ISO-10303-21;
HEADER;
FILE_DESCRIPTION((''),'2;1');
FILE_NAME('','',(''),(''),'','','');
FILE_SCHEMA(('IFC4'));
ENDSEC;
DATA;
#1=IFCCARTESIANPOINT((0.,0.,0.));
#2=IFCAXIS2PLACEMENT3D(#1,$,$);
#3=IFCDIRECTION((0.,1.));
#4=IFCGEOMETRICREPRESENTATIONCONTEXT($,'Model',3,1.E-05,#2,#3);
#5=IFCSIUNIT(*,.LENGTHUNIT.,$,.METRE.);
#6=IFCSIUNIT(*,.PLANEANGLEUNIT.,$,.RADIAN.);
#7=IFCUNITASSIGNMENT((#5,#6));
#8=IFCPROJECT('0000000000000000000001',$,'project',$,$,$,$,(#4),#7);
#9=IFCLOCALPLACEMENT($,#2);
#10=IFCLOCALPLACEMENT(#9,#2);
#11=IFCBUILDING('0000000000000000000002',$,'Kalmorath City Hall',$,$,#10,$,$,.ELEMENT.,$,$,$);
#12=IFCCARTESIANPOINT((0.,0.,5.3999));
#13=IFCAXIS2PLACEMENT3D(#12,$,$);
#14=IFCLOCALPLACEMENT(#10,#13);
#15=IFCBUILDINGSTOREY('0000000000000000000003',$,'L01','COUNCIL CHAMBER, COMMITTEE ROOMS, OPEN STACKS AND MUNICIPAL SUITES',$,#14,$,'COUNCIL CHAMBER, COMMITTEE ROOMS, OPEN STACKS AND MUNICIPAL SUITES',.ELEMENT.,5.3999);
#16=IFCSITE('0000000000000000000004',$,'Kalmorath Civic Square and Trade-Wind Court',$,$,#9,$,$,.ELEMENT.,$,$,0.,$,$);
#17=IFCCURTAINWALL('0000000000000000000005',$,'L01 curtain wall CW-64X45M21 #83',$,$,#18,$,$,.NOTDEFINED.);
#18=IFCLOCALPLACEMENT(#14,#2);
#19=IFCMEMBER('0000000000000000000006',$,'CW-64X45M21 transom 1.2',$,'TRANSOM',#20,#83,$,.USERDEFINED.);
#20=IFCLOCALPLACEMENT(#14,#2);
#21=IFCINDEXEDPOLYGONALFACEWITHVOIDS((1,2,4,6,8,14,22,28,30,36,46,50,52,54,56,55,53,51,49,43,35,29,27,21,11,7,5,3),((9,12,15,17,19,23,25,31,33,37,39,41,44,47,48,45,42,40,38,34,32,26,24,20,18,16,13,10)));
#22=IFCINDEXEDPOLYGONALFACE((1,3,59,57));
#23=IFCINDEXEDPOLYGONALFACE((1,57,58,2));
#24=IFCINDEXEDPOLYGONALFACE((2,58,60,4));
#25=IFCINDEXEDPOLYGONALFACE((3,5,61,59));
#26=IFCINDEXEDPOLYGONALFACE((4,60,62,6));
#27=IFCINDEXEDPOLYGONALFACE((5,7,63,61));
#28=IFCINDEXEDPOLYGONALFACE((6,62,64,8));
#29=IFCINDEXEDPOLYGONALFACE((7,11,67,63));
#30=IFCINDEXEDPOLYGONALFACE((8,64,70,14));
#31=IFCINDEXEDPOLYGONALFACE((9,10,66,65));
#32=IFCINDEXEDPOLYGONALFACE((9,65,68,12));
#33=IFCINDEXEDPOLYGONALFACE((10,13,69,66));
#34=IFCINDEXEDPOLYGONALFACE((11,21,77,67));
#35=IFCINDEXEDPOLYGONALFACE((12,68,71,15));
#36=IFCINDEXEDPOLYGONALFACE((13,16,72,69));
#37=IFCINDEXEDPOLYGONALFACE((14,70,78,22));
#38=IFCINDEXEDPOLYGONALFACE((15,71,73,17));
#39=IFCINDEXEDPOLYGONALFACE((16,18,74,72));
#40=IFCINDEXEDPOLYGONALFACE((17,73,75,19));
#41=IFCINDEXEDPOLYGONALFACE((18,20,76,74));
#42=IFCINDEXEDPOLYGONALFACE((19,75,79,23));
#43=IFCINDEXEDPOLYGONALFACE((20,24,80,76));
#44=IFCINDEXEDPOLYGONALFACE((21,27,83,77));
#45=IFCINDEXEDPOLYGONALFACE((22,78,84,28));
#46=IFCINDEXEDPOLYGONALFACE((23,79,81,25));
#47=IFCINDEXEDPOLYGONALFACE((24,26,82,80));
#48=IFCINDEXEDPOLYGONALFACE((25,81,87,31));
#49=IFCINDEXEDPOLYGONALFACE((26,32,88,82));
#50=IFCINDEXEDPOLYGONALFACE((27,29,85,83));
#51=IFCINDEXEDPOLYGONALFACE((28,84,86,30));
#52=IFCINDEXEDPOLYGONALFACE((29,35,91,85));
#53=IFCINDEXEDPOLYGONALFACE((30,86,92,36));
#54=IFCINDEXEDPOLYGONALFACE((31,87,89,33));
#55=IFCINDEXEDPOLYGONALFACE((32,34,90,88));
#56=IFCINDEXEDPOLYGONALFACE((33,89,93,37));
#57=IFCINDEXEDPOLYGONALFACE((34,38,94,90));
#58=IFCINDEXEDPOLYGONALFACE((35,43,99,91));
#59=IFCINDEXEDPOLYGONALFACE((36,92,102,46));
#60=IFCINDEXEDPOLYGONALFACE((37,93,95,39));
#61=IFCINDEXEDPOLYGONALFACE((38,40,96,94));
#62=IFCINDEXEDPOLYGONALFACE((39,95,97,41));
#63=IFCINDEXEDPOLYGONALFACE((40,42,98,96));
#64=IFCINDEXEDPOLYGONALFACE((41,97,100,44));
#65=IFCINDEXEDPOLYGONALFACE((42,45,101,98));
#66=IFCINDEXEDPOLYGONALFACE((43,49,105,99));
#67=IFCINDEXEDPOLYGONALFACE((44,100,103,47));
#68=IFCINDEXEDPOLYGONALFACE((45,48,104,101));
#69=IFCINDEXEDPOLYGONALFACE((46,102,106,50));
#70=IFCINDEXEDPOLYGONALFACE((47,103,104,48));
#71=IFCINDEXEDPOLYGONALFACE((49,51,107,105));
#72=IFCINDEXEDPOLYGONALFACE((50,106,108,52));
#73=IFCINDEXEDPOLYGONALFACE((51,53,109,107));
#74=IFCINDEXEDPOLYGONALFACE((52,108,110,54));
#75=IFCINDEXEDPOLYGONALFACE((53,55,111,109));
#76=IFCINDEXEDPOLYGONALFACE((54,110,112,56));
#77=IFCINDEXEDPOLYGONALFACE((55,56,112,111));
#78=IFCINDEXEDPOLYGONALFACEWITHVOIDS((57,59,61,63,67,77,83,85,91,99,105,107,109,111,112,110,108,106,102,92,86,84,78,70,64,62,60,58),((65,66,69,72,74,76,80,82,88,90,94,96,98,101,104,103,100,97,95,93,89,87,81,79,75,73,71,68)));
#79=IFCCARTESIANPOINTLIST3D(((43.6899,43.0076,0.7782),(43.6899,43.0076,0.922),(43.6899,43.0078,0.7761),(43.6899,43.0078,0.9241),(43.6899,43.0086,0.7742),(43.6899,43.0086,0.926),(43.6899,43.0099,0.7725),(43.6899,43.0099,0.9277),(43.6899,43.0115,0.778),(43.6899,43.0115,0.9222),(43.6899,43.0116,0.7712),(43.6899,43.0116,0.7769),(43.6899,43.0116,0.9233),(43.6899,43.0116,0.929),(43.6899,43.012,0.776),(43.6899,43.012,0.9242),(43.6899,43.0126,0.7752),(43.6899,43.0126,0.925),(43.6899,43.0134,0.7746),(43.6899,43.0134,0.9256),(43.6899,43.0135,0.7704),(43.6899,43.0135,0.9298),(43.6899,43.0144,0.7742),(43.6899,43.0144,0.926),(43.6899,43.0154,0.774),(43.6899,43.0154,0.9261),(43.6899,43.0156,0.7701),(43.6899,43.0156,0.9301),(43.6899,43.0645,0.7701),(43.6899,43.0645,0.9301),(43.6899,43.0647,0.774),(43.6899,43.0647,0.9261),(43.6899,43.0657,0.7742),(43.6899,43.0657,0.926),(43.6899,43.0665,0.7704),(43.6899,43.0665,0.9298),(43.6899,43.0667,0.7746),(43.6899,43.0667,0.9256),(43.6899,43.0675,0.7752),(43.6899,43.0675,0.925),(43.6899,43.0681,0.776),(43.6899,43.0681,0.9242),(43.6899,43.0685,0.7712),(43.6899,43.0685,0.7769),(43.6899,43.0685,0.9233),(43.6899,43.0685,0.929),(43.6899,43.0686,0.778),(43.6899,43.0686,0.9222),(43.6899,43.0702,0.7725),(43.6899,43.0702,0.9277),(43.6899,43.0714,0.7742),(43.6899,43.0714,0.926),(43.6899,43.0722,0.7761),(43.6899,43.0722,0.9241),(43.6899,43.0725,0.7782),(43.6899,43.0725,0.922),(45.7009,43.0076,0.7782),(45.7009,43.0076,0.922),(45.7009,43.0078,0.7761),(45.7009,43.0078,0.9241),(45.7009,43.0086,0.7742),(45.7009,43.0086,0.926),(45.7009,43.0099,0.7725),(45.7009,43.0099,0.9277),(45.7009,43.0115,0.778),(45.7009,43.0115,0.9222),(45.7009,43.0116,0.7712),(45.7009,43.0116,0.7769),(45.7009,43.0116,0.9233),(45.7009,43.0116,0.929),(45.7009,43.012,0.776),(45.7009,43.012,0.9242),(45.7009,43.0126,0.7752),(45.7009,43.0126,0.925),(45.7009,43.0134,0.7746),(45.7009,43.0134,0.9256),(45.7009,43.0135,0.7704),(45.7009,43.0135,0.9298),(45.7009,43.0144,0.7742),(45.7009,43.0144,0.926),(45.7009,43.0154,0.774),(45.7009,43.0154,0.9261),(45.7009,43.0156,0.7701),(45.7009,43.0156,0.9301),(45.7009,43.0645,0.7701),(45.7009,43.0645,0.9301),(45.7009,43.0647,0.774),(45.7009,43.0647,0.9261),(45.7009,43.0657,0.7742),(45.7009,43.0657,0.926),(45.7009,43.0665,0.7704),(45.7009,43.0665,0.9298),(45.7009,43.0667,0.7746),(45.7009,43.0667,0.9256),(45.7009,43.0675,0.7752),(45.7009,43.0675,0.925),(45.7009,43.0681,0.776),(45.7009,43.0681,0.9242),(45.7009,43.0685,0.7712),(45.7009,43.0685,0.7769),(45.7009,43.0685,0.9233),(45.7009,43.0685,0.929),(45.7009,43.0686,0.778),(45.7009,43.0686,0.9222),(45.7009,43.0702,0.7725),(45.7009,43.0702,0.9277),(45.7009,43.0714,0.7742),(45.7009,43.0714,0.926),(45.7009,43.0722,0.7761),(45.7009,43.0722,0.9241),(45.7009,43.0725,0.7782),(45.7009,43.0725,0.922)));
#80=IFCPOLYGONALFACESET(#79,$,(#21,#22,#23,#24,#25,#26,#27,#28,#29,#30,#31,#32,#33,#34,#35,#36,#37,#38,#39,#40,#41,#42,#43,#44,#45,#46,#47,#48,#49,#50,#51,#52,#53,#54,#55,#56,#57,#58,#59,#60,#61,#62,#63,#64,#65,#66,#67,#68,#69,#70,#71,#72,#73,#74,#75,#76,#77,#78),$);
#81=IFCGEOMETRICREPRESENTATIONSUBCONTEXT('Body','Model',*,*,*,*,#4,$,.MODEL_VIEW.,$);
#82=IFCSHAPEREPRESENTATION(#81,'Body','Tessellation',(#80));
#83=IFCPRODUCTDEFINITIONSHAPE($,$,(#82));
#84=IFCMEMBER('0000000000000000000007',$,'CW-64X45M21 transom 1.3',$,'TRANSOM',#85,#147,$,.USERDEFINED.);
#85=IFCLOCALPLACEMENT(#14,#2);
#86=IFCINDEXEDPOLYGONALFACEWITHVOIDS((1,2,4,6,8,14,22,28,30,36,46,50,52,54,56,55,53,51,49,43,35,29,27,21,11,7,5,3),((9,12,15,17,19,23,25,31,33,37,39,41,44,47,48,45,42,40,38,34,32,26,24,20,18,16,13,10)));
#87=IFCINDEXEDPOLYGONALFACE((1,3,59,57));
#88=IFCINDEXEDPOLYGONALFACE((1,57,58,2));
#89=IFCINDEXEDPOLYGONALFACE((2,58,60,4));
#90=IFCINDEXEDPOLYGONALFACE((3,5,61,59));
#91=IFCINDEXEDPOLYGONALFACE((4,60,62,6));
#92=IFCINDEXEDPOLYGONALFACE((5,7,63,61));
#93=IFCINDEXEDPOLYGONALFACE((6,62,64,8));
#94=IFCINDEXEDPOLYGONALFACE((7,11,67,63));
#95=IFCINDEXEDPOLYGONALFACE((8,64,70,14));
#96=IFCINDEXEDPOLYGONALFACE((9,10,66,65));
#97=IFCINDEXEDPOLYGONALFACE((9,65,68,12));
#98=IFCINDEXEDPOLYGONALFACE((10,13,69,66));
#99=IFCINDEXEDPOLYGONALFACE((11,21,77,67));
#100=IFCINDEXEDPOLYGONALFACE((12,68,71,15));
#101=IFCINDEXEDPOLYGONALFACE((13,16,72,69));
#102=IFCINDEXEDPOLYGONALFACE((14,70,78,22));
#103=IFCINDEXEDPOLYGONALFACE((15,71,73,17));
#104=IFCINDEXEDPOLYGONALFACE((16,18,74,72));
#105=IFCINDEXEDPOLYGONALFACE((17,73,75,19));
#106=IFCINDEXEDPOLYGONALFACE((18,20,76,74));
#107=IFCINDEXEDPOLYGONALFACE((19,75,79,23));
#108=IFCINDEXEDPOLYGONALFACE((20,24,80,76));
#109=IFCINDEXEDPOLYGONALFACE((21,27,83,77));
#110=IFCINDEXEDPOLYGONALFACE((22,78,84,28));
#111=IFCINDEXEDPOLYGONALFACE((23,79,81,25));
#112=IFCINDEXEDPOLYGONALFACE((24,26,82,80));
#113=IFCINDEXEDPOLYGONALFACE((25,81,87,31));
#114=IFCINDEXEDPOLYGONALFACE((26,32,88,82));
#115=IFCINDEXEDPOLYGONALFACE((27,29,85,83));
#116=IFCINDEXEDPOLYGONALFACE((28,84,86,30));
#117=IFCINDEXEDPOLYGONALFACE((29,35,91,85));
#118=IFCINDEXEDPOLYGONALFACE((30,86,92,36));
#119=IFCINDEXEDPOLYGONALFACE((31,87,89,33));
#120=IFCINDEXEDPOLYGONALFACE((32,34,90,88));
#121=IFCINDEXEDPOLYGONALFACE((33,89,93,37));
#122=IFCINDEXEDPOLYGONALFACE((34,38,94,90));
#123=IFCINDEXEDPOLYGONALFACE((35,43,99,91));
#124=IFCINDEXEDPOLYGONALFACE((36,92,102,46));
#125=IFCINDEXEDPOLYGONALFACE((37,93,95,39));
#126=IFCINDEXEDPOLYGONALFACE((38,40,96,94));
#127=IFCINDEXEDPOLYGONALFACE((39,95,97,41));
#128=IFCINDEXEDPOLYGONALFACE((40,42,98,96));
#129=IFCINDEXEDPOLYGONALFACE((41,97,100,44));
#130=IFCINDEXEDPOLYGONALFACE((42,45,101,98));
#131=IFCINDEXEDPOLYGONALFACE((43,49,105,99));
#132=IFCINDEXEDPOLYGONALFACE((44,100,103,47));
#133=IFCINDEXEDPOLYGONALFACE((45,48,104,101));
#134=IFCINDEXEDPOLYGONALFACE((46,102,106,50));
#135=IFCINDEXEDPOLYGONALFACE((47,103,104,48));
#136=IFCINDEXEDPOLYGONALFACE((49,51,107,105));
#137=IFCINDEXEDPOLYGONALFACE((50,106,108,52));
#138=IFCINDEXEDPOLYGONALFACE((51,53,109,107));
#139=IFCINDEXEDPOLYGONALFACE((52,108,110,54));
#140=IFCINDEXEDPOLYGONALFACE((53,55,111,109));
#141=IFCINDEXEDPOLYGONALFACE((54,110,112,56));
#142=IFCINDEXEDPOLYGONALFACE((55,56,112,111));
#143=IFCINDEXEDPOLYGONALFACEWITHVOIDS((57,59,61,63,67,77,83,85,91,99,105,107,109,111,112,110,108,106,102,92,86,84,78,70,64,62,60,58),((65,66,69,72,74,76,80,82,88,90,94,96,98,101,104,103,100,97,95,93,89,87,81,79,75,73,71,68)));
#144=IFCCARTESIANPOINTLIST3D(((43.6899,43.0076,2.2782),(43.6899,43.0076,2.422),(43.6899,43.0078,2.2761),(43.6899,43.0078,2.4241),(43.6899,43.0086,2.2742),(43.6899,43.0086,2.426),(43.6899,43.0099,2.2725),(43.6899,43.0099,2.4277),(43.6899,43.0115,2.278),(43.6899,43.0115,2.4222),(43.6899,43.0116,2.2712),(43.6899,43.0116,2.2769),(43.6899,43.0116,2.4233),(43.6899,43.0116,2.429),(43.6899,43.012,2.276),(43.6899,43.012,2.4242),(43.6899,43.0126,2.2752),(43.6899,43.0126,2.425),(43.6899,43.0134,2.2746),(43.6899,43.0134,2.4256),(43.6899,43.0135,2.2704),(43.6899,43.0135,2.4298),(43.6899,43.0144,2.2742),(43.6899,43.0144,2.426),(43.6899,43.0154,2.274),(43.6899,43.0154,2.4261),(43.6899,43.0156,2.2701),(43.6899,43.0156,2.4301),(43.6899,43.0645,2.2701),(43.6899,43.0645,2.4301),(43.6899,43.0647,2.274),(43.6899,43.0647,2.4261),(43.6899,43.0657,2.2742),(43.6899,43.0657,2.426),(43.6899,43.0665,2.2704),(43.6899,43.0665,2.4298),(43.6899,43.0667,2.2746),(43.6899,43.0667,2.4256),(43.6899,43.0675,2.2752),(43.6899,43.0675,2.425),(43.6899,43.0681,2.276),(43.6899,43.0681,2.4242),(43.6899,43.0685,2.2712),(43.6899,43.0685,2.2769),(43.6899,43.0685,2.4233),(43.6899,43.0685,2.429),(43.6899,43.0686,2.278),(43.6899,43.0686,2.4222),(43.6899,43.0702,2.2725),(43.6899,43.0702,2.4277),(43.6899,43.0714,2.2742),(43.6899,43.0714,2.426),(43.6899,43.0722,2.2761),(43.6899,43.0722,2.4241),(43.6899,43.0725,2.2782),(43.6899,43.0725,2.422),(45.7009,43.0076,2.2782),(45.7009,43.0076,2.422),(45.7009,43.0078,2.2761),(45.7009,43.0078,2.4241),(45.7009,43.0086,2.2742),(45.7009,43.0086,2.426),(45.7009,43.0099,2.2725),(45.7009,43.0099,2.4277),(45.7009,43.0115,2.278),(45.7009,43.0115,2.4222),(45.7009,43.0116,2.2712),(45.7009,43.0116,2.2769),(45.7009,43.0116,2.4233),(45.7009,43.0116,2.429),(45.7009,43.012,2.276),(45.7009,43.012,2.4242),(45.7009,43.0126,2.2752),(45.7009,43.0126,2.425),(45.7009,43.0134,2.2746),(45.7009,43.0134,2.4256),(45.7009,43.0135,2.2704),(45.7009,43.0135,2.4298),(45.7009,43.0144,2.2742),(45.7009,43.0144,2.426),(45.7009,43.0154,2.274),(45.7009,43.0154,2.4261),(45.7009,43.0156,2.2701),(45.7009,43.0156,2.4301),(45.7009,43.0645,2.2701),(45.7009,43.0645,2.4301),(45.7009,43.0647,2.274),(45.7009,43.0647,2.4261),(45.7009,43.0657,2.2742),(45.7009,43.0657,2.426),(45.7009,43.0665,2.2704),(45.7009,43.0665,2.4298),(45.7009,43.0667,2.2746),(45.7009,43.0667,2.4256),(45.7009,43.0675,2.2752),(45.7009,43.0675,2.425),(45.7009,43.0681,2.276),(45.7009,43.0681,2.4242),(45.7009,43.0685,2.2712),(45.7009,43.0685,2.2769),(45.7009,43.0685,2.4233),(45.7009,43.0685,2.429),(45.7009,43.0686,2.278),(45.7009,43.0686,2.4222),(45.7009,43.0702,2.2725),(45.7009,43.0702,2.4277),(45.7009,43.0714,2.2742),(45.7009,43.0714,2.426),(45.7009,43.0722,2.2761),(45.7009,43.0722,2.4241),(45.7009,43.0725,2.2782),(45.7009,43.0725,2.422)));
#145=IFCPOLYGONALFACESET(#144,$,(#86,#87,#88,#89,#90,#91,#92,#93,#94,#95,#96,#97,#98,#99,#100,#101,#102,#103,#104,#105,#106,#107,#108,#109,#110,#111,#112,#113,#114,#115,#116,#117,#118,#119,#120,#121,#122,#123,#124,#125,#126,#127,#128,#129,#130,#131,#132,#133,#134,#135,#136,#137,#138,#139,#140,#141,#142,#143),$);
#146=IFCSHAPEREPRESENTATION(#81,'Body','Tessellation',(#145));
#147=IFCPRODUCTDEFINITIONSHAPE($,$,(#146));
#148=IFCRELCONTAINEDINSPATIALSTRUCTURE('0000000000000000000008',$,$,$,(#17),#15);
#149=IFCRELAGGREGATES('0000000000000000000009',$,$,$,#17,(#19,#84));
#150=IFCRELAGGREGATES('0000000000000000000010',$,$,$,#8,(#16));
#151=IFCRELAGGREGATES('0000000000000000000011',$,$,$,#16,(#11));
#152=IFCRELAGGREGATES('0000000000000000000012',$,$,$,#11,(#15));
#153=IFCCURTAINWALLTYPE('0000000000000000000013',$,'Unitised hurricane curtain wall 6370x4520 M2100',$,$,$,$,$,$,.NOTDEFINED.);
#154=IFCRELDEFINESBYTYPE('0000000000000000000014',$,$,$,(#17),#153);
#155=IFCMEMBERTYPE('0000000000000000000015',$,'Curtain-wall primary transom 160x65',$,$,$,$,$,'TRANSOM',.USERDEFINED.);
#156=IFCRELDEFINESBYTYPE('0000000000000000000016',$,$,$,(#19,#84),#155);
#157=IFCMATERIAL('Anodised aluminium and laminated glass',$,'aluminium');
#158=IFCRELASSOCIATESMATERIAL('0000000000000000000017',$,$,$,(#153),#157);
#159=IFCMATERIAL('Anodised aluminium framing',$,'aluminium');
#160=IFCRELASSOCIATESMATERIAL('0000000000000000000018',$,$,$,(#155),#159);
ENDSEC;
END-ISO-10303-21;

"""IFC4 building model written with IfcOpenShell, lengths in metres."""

from ifc_helpers import new_model, si_unit, direction, frame, origin, origin_2d, place, context, subcontext, project, spatial, hollow_rectangle, extrude, material, material_profile, profile_set, type_object, element, aggregate, save


model = new_model("IFC4")

# Units and contexts
model_context = context("Model", 3, precision=1e-05, world=origin(), true_north=direction((0.0, 1.0)))
body_context = subcontext(model_context, "Body", "Model", "MODEL_VIEW")
ifc_project = project(units=[si_unit("LENGTHUNIT", "METRE"), si_unit("PLANEANGLEUNIT", "RADIAN")], contexts=[model_context])

# Site, building, storey
site_placement = place(None, origin())
site = spatial("IfcSite", under=ifc_project, at=site_placement, Name="Kalmorath Civic Square and Trade-Wind Court", CompositionType="ELEMENT", RefElevation=0.0)
building_placement = place(site_placement, origin())
building = spatial("IfcBuilding", under=site, at=building_placement, Name="Kalmorath City Hall", CompositionType="ELEMENT")
storey_placement = place(building_placement, frame((0.0, 0.0, 5.3999)))
storey = spatial("IfcBuildingStorey", under=building, at=storey_placement, Name="L01", Description="COUNCIL CHAMBER, COMMITTEE ROOMS, OPEN STACKS AND MUNICIPAL SUITES", LongName="COUNCIL CHAMBER, COMMITTEE ROOMS, OPEN STACKS AND MUNICIPAL SUITES", CompositionType="ELEMENT", Elevation=5.3999)

# Curtain wall
ifc_material_1 = material(Name="Anodised aluminium and laminated glass", Category="aluminium")
curtain_wall_type_1 = type_object("IfcCurtainWallType", Name="Unitised hurricane curtain wall 6370x4520 M2100", PredefinedType="NOTDEFINED", material=ifc_material_1)
curtain_wall_1_placement = place(storey_placement, origin())
curtain_wall_1 = element("IfcCurtainWall", 1, at=curtain_wall_1_placement, inside=storey, type_object=curtain_wall_type_1, Name="L01 curtain wall CW-64X45M21 #83", PredefinedType="NOTDEFINED")

# Members
ifc_material_2 = material(Name="Anodised aluminium framing", Category="aluminium")
ifc_material_profile_1 = material_profile(ifc_material_2, hollow_rectangle(XDim=0.0649, YDim=0.1599, WallThickness=0.0039, InnerFilletRadius=0.0039, OuterFilletRadius=0.0081, at=origin_2d()), Name="ALU-TRN-160X65X4")
ifc_profile_set_1 = profile_set([ifc_material_profile_1], Name="Anodised aluminium framing")
member_type_1 = type_object("IfcMemberType", Name="Curtain-wall primary transom 160x65", ElementType="TRANSOM", PredefinedType="USERDEFINED", material=ifc_profile_set_1)
member_1_placement = place(storey_placement, frame((43.6899, 43.04, 0.8501), z_axis=(1.0, 0.0, 0.0), x_axis=(0.0, 1.0, 0.0)))
member_1 = element("IfcMember", 2, at=member_1_placement, type_object=member_type_1, Name="CW-64X45M21 transom 1.2", ObjectType="TRANSOM", PredefinedType="USERDEFINED", context=body_context, shape_type="SweptSolid", body=[
    extrude(hollow_rectangle(XDim=0.0649, YDim=0.1599, WallThickness=0.0039, InnerFilletRadius=0.0039, OuterFilletRadius=0.0081, at=origin_2d()), origin(), (0.0, 0.0, 1.0), 2.011),
])
member_2_placement = place(storey_placement, frame((43.6899, 43.04, 2.3501), z_axis=(1.0, 0.0, 0.0), x_axis=(0.0, 1.0, 0.0)))
member_2 = element("IfcMember", 3, at=member_2_placement, type_object=member_type_1, Name="CW-64X45M21 transom 1.3", ObjectType="TRANSOM", PredefinedType="USERDEFINED", context=body_context, shape_type="SweptSolid", body=[
    extrude(hollow_rectangle(XDim=0.0649, YDim=0.1599, WallThickness=0.0039, InnerFilletRadius=0.0039, OuterFilletRadius=0.0081, at=origin_2d()), origin(), (0.0, 0.0, 1.0), 2.011),
])

aggregate(curtain_wall_1, [member_1, member_2])

save(model, "model.ifc")
